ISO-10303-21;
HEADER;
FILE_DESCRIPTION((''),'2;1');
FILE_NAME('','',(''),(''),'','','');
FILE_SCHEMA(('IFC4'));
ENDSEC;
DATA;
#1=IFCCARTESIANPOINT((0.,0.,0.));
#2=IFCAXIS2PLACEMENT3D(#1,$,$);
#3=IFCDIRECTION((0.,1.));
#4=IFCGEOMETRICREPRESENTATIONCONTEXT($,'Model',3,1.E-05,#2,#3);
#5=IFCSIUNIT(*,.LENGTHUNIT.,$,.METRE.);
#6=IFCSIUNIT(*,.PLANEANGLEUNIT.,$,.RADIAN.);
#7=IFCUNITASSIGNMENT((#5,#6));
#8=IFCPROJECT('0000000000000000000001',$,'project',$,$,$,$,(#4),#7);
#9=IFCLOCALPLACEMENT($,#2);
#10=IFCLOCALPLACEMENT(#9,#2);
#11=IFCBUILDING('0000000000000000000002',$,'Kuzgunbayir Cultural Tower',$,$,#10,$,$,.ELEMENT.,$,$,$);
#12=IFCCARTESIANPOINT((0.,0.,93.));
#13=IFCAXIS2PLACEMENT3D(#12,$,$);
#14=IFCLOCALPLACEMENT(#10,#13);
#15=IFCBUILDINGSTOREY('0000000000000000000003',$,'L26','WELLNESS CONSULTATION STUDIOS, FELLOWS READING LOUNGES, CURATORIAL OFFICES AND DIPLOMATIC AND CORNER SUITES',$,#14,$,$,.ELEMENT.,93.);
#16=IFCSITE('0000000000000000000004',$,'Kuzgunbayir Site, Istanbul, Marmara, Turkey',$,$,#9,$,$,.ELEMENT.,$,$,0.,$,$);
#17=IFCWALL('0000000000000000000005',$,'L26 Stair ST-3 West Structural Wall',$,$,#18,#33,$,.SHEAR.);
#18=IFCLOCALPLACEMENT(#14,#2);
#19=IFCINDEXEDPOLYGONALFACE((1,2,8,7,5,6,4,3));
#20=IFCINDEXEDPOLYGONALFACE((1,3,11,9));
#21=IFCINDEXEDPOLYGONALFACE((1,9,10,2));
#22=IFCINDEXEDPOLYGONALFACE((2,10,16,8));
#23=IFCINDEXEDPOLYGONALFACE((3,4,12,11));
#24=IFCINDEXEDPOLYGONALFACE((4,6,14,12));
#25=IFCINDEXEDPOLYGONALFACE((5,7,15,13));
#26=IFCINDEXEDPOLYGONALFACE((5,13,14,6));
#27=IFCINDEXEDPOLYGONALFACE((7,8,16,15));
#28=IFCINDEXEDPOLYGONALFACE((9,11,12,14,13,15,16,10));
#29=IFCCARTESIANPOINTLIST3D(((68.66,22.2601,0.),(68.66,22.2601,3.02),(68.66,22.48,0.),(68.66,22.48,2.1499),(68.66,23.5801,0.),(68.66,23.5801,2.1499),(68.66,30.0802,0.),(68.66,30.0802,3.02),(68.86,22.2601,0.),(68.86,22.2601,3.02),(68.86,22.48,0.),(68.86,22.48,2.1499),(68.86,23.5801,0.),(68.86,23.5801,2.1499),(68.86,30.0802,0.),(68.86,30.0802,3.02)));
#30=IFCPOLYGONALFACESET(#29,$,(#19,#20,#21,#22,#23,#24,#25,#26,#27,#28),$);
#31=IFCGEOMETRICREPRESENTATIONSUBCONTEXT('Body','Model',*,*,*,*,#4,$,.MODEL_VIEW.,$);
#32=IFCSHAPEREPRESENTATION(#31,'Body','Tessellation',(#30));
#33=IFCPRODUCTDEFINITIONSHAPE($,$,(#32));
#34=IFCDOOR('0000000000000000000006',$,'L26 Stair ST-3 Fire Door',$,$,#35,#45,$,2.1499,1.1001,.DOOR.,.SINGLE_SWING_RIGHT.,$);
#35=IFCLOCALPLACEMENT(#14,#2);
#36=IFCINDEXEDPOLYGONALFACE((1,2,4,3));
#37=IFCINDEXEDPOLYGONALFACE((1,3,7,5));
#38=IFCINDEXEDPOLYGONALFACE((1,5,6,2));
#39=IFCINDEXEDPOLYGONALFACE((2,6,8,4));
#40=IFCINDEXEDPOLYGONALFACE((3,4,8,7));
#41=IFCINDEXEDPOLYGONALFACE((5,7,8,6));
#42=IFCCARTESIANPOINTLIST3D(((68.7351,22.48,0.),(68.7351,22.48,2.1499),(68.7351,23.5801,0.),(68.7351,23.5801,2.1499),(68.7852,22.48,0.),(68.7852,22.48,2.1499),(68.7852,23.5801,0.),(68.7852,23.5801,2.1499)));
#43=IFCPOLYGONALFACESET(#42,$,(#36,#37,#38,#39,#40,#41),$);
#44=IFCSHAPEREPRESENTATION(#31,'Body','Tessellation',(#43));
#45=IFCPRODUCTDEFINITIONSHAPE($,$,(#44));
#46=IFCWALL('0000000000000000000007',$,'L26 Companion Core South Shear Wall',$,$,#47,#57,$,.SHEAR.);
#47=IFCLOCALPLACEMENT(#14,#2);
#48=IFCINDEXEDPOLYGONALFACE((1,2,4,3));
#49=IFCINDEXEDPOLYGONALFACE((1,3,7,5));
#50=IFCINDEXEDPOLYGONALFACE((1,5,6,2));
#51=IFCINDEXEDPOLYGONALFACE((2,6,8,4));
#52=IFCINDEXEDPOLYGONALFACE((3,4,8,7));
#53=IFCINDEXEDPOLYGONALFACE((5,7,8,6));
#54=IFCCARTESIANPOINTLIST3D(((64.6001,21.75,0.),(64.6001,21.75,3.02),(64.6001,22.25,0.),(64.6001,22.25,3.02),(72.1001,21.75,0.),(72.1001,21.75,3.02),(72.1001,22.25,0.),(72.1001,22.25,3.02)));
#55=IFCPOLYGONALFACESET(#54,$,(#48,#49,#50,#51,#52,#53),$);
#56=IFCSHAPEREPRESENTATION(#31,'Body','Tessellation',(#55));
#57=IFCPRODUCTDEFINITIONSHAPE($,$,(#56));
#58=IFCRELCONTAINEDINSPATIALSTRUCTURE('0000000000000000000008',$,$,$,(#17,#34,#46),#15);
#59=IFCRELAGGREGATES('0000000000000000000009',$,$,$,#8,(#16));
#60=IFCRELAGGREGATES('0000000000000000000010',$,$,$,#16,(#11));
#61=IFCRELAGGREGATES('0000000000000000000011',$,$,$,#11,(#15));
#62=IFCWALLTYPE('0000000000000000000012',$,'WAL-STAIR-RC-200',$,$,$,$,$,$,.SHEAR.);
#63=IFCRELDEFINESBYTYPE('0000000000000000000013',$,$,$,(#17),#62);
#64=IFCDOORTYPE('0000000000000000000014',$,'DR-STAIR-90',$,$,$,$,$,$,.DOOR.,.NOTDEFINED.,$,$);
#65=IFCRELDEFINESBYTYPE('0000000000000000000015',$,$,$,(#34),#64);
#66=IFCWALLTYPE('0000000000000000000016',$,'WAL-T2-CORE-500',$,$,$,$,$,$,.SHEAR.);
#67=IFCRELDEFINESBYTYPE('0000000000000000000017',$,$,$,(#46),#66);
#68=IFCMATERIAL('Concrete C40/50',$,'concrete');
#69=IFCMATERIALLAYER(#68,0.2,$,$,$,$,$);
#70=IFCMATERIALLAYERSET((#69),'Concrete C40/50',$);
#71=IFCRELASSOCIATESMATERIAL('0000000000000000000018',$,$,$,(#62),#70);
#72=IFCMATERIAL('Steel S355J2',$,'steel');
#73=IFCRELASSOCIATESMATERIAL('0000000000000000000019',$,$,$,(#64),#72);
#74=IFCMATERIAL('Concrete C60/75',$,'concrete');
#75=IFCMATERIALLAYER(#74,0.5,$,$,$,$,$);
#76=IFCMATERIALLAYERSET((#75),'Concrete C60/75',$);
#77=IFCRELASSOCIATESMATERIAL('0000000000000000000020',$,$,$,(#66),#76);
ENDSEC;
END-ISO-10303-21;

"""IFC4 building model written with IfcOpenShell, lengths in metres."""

from ifc_helpers import new_model, si_unit, direction, frame, frame_2d, origin, place, context, subcontext, project, spatial, rectangle, extrude, material, layer, layer_set, type_object, element, fill, save


model = new_model("IFC4")

# Units and contexts
model_context = context("Model", 3, precision=1e-05, world=origin(), true_north=direction((0.0, 1.0)))
body_context = subcontext(model_context, "Body", "Model", "MODEL_VIEW")
ifc_project = project(units=[si_unit("LENGTHUNIT", "METRE"), si_unit("PLANEANGLEUNIT", "RADIAN")], contexts=[model_context])

# Site, building, storey
site_placement = place(None, origin())
site = spatial("IfcSite", under=ifc_project, at=site_placement, Name="Kuzgunbayir Site, Istanbul, Marmara, Turkey", CompositionType="ELEMENT", RefElevation=0.0)
building_placement = place(site_placement, origin())
building = spatial("IfcBuilding", under=site, at=building_placement, Name="Kuzgunbayir Cultural Tower", CompositionType="ELEMENT")
storey_placement = place(building_placement, frame((0.0, 0.0, 93.0)))
storey = spatial("IfcBuildingStorey", under=building, at=storey_placement, Name="L26", Description="WELLNESS CONSULTATION STUDIOS, FELLOWS READING LOUNGES, CURATORIAL OFFICES AND DIPLOMATIC AND CORNER SUITES", CompositionType="ELEMENT", Elevation=93.0)

# Shared definitions
ifc_material_1 = material(Name="Concrete C60/75", Category="concrete")

# Shared definitions
ifc_material_2 = material(Name="Steel S355J2", Category="steel")

# Wall, opening, door
ifc_material_3 = material(Name="Concrete C40/50", Category="concrete")
ifc_layer_1 = layer(ifc_material_3, 0.2)
ifc_layer_set_1 = layer_set([ifc_layer_1], Name="Concrete C40/50")
wall_type_1 = type_object("IfcWallType", Name="WAL-STAIR-RC-200", PredefinedType="SHEAR", material=ifc_layer_set_1)
wall_1_placement = place(storey_placement, frame((68.76, 22.26, 0.0), z_axis=(0.0, 0.0, 1.0), x_axis=(0.0, 1.0, 0.0)))
wall_1 = element("IfcWall", 1, at=wall_1_placement, inside=storey, type_object=wall_type_1, Name="L26 Stair ST-3 West Structural Wall", PredefinedType="SHEAR", context=body_context, shape_type="SweptSolid", body=[
    extrude(rectangle(XDim=7.8201, YDim=0.2, at=frame_2d((3.9102, 0.0))), origin(), (0.0, 0.0, 1.0), 3.02),
])
opening_1_placement = place(wall_1_placement, frame((0.22, 0.0, 0.0)))
opening_1 = element("IfcOpeningElement", 2, at=opening_1_placement, cuts=wall_1, PredefinedType="OPENING", context=body_context, shape_type="SweptSolid", body=[
    extrude(rectangle(XDim=1.1001, YDim=2.1499, at=frame_2d((0.55, 1.075))), frame((0.0, 0.1099, 0.0), z_axis=(0.0, -1.0, 0.0), x_axis=(1.0, 0.0, 0.0)), (0.0, 0.0, 1.0), 0.22),
])
door_type_1 = type_object("IfcDoorType", Name="DR-STAIR-90", OperationType="NOTDEFINED", PredefinedType="DOOR", material=ifc_material_2)
door_1_placement = place(opening_1_placement, origin())
door_1 = element("IfcDoor", 3, at=door_1_placement, inside=storey, type_object=door_type_1, Name="L26 Stair ST-3 Fire Door", OperationType="SINGLE_SWING_RIGHT", OverallHeight=2.1499, OverallWidth=1.1001, PredefinedType="DOOR", context=body_context, shape_type="SweptSolid", body=[
    extrude(rectangle(XDim=1.1001, YDim=2.1499, at=frame_2d((0.55, 1.075))), frame((0.0, 0.0249, 0.0), z_axis=(0.0, -1.0, 0.0), x_axis=(1.0, 0.0, 0.0)), (0.0, 0.0, 1.0), 0.05),
])
fill(opening_1, door_1)

# Wall
ifc_layer_2 = layer(ifc_material_1, 0.5)
ifc_layer_set_2 = layer_set([ifc_layer_2], Name="Concrete C60/75")
wall_type_2 = type_object("IfcWallType", Name="WAL-T2-CORE-500", PredefinedType="SHEAR", material=ifc_layer_set_2)
wall_2_placement = place(storey_placement, frame((64.6001, 22.0, 0.0), z_axis=(0.0, 0.0, 1.0), x_axis=(1.0, 0.0, 0.0)))
element("IfcWall", 4, at=wall_2_placement, inside=storey, type_object=wall_type_2, Name="L26 Companion Core South Shear Wall", PredefinedType="SHEAR", context=body_context, shape_type="SweptSolid", body=[
    extrude(rectangle(XDim=7.5, YDim=0.5, at=frame_2d((3.75, 0.0))), origin(), (0.0, 0.0, 1.0), 3.02),
])

save(model, "model.ifc")
